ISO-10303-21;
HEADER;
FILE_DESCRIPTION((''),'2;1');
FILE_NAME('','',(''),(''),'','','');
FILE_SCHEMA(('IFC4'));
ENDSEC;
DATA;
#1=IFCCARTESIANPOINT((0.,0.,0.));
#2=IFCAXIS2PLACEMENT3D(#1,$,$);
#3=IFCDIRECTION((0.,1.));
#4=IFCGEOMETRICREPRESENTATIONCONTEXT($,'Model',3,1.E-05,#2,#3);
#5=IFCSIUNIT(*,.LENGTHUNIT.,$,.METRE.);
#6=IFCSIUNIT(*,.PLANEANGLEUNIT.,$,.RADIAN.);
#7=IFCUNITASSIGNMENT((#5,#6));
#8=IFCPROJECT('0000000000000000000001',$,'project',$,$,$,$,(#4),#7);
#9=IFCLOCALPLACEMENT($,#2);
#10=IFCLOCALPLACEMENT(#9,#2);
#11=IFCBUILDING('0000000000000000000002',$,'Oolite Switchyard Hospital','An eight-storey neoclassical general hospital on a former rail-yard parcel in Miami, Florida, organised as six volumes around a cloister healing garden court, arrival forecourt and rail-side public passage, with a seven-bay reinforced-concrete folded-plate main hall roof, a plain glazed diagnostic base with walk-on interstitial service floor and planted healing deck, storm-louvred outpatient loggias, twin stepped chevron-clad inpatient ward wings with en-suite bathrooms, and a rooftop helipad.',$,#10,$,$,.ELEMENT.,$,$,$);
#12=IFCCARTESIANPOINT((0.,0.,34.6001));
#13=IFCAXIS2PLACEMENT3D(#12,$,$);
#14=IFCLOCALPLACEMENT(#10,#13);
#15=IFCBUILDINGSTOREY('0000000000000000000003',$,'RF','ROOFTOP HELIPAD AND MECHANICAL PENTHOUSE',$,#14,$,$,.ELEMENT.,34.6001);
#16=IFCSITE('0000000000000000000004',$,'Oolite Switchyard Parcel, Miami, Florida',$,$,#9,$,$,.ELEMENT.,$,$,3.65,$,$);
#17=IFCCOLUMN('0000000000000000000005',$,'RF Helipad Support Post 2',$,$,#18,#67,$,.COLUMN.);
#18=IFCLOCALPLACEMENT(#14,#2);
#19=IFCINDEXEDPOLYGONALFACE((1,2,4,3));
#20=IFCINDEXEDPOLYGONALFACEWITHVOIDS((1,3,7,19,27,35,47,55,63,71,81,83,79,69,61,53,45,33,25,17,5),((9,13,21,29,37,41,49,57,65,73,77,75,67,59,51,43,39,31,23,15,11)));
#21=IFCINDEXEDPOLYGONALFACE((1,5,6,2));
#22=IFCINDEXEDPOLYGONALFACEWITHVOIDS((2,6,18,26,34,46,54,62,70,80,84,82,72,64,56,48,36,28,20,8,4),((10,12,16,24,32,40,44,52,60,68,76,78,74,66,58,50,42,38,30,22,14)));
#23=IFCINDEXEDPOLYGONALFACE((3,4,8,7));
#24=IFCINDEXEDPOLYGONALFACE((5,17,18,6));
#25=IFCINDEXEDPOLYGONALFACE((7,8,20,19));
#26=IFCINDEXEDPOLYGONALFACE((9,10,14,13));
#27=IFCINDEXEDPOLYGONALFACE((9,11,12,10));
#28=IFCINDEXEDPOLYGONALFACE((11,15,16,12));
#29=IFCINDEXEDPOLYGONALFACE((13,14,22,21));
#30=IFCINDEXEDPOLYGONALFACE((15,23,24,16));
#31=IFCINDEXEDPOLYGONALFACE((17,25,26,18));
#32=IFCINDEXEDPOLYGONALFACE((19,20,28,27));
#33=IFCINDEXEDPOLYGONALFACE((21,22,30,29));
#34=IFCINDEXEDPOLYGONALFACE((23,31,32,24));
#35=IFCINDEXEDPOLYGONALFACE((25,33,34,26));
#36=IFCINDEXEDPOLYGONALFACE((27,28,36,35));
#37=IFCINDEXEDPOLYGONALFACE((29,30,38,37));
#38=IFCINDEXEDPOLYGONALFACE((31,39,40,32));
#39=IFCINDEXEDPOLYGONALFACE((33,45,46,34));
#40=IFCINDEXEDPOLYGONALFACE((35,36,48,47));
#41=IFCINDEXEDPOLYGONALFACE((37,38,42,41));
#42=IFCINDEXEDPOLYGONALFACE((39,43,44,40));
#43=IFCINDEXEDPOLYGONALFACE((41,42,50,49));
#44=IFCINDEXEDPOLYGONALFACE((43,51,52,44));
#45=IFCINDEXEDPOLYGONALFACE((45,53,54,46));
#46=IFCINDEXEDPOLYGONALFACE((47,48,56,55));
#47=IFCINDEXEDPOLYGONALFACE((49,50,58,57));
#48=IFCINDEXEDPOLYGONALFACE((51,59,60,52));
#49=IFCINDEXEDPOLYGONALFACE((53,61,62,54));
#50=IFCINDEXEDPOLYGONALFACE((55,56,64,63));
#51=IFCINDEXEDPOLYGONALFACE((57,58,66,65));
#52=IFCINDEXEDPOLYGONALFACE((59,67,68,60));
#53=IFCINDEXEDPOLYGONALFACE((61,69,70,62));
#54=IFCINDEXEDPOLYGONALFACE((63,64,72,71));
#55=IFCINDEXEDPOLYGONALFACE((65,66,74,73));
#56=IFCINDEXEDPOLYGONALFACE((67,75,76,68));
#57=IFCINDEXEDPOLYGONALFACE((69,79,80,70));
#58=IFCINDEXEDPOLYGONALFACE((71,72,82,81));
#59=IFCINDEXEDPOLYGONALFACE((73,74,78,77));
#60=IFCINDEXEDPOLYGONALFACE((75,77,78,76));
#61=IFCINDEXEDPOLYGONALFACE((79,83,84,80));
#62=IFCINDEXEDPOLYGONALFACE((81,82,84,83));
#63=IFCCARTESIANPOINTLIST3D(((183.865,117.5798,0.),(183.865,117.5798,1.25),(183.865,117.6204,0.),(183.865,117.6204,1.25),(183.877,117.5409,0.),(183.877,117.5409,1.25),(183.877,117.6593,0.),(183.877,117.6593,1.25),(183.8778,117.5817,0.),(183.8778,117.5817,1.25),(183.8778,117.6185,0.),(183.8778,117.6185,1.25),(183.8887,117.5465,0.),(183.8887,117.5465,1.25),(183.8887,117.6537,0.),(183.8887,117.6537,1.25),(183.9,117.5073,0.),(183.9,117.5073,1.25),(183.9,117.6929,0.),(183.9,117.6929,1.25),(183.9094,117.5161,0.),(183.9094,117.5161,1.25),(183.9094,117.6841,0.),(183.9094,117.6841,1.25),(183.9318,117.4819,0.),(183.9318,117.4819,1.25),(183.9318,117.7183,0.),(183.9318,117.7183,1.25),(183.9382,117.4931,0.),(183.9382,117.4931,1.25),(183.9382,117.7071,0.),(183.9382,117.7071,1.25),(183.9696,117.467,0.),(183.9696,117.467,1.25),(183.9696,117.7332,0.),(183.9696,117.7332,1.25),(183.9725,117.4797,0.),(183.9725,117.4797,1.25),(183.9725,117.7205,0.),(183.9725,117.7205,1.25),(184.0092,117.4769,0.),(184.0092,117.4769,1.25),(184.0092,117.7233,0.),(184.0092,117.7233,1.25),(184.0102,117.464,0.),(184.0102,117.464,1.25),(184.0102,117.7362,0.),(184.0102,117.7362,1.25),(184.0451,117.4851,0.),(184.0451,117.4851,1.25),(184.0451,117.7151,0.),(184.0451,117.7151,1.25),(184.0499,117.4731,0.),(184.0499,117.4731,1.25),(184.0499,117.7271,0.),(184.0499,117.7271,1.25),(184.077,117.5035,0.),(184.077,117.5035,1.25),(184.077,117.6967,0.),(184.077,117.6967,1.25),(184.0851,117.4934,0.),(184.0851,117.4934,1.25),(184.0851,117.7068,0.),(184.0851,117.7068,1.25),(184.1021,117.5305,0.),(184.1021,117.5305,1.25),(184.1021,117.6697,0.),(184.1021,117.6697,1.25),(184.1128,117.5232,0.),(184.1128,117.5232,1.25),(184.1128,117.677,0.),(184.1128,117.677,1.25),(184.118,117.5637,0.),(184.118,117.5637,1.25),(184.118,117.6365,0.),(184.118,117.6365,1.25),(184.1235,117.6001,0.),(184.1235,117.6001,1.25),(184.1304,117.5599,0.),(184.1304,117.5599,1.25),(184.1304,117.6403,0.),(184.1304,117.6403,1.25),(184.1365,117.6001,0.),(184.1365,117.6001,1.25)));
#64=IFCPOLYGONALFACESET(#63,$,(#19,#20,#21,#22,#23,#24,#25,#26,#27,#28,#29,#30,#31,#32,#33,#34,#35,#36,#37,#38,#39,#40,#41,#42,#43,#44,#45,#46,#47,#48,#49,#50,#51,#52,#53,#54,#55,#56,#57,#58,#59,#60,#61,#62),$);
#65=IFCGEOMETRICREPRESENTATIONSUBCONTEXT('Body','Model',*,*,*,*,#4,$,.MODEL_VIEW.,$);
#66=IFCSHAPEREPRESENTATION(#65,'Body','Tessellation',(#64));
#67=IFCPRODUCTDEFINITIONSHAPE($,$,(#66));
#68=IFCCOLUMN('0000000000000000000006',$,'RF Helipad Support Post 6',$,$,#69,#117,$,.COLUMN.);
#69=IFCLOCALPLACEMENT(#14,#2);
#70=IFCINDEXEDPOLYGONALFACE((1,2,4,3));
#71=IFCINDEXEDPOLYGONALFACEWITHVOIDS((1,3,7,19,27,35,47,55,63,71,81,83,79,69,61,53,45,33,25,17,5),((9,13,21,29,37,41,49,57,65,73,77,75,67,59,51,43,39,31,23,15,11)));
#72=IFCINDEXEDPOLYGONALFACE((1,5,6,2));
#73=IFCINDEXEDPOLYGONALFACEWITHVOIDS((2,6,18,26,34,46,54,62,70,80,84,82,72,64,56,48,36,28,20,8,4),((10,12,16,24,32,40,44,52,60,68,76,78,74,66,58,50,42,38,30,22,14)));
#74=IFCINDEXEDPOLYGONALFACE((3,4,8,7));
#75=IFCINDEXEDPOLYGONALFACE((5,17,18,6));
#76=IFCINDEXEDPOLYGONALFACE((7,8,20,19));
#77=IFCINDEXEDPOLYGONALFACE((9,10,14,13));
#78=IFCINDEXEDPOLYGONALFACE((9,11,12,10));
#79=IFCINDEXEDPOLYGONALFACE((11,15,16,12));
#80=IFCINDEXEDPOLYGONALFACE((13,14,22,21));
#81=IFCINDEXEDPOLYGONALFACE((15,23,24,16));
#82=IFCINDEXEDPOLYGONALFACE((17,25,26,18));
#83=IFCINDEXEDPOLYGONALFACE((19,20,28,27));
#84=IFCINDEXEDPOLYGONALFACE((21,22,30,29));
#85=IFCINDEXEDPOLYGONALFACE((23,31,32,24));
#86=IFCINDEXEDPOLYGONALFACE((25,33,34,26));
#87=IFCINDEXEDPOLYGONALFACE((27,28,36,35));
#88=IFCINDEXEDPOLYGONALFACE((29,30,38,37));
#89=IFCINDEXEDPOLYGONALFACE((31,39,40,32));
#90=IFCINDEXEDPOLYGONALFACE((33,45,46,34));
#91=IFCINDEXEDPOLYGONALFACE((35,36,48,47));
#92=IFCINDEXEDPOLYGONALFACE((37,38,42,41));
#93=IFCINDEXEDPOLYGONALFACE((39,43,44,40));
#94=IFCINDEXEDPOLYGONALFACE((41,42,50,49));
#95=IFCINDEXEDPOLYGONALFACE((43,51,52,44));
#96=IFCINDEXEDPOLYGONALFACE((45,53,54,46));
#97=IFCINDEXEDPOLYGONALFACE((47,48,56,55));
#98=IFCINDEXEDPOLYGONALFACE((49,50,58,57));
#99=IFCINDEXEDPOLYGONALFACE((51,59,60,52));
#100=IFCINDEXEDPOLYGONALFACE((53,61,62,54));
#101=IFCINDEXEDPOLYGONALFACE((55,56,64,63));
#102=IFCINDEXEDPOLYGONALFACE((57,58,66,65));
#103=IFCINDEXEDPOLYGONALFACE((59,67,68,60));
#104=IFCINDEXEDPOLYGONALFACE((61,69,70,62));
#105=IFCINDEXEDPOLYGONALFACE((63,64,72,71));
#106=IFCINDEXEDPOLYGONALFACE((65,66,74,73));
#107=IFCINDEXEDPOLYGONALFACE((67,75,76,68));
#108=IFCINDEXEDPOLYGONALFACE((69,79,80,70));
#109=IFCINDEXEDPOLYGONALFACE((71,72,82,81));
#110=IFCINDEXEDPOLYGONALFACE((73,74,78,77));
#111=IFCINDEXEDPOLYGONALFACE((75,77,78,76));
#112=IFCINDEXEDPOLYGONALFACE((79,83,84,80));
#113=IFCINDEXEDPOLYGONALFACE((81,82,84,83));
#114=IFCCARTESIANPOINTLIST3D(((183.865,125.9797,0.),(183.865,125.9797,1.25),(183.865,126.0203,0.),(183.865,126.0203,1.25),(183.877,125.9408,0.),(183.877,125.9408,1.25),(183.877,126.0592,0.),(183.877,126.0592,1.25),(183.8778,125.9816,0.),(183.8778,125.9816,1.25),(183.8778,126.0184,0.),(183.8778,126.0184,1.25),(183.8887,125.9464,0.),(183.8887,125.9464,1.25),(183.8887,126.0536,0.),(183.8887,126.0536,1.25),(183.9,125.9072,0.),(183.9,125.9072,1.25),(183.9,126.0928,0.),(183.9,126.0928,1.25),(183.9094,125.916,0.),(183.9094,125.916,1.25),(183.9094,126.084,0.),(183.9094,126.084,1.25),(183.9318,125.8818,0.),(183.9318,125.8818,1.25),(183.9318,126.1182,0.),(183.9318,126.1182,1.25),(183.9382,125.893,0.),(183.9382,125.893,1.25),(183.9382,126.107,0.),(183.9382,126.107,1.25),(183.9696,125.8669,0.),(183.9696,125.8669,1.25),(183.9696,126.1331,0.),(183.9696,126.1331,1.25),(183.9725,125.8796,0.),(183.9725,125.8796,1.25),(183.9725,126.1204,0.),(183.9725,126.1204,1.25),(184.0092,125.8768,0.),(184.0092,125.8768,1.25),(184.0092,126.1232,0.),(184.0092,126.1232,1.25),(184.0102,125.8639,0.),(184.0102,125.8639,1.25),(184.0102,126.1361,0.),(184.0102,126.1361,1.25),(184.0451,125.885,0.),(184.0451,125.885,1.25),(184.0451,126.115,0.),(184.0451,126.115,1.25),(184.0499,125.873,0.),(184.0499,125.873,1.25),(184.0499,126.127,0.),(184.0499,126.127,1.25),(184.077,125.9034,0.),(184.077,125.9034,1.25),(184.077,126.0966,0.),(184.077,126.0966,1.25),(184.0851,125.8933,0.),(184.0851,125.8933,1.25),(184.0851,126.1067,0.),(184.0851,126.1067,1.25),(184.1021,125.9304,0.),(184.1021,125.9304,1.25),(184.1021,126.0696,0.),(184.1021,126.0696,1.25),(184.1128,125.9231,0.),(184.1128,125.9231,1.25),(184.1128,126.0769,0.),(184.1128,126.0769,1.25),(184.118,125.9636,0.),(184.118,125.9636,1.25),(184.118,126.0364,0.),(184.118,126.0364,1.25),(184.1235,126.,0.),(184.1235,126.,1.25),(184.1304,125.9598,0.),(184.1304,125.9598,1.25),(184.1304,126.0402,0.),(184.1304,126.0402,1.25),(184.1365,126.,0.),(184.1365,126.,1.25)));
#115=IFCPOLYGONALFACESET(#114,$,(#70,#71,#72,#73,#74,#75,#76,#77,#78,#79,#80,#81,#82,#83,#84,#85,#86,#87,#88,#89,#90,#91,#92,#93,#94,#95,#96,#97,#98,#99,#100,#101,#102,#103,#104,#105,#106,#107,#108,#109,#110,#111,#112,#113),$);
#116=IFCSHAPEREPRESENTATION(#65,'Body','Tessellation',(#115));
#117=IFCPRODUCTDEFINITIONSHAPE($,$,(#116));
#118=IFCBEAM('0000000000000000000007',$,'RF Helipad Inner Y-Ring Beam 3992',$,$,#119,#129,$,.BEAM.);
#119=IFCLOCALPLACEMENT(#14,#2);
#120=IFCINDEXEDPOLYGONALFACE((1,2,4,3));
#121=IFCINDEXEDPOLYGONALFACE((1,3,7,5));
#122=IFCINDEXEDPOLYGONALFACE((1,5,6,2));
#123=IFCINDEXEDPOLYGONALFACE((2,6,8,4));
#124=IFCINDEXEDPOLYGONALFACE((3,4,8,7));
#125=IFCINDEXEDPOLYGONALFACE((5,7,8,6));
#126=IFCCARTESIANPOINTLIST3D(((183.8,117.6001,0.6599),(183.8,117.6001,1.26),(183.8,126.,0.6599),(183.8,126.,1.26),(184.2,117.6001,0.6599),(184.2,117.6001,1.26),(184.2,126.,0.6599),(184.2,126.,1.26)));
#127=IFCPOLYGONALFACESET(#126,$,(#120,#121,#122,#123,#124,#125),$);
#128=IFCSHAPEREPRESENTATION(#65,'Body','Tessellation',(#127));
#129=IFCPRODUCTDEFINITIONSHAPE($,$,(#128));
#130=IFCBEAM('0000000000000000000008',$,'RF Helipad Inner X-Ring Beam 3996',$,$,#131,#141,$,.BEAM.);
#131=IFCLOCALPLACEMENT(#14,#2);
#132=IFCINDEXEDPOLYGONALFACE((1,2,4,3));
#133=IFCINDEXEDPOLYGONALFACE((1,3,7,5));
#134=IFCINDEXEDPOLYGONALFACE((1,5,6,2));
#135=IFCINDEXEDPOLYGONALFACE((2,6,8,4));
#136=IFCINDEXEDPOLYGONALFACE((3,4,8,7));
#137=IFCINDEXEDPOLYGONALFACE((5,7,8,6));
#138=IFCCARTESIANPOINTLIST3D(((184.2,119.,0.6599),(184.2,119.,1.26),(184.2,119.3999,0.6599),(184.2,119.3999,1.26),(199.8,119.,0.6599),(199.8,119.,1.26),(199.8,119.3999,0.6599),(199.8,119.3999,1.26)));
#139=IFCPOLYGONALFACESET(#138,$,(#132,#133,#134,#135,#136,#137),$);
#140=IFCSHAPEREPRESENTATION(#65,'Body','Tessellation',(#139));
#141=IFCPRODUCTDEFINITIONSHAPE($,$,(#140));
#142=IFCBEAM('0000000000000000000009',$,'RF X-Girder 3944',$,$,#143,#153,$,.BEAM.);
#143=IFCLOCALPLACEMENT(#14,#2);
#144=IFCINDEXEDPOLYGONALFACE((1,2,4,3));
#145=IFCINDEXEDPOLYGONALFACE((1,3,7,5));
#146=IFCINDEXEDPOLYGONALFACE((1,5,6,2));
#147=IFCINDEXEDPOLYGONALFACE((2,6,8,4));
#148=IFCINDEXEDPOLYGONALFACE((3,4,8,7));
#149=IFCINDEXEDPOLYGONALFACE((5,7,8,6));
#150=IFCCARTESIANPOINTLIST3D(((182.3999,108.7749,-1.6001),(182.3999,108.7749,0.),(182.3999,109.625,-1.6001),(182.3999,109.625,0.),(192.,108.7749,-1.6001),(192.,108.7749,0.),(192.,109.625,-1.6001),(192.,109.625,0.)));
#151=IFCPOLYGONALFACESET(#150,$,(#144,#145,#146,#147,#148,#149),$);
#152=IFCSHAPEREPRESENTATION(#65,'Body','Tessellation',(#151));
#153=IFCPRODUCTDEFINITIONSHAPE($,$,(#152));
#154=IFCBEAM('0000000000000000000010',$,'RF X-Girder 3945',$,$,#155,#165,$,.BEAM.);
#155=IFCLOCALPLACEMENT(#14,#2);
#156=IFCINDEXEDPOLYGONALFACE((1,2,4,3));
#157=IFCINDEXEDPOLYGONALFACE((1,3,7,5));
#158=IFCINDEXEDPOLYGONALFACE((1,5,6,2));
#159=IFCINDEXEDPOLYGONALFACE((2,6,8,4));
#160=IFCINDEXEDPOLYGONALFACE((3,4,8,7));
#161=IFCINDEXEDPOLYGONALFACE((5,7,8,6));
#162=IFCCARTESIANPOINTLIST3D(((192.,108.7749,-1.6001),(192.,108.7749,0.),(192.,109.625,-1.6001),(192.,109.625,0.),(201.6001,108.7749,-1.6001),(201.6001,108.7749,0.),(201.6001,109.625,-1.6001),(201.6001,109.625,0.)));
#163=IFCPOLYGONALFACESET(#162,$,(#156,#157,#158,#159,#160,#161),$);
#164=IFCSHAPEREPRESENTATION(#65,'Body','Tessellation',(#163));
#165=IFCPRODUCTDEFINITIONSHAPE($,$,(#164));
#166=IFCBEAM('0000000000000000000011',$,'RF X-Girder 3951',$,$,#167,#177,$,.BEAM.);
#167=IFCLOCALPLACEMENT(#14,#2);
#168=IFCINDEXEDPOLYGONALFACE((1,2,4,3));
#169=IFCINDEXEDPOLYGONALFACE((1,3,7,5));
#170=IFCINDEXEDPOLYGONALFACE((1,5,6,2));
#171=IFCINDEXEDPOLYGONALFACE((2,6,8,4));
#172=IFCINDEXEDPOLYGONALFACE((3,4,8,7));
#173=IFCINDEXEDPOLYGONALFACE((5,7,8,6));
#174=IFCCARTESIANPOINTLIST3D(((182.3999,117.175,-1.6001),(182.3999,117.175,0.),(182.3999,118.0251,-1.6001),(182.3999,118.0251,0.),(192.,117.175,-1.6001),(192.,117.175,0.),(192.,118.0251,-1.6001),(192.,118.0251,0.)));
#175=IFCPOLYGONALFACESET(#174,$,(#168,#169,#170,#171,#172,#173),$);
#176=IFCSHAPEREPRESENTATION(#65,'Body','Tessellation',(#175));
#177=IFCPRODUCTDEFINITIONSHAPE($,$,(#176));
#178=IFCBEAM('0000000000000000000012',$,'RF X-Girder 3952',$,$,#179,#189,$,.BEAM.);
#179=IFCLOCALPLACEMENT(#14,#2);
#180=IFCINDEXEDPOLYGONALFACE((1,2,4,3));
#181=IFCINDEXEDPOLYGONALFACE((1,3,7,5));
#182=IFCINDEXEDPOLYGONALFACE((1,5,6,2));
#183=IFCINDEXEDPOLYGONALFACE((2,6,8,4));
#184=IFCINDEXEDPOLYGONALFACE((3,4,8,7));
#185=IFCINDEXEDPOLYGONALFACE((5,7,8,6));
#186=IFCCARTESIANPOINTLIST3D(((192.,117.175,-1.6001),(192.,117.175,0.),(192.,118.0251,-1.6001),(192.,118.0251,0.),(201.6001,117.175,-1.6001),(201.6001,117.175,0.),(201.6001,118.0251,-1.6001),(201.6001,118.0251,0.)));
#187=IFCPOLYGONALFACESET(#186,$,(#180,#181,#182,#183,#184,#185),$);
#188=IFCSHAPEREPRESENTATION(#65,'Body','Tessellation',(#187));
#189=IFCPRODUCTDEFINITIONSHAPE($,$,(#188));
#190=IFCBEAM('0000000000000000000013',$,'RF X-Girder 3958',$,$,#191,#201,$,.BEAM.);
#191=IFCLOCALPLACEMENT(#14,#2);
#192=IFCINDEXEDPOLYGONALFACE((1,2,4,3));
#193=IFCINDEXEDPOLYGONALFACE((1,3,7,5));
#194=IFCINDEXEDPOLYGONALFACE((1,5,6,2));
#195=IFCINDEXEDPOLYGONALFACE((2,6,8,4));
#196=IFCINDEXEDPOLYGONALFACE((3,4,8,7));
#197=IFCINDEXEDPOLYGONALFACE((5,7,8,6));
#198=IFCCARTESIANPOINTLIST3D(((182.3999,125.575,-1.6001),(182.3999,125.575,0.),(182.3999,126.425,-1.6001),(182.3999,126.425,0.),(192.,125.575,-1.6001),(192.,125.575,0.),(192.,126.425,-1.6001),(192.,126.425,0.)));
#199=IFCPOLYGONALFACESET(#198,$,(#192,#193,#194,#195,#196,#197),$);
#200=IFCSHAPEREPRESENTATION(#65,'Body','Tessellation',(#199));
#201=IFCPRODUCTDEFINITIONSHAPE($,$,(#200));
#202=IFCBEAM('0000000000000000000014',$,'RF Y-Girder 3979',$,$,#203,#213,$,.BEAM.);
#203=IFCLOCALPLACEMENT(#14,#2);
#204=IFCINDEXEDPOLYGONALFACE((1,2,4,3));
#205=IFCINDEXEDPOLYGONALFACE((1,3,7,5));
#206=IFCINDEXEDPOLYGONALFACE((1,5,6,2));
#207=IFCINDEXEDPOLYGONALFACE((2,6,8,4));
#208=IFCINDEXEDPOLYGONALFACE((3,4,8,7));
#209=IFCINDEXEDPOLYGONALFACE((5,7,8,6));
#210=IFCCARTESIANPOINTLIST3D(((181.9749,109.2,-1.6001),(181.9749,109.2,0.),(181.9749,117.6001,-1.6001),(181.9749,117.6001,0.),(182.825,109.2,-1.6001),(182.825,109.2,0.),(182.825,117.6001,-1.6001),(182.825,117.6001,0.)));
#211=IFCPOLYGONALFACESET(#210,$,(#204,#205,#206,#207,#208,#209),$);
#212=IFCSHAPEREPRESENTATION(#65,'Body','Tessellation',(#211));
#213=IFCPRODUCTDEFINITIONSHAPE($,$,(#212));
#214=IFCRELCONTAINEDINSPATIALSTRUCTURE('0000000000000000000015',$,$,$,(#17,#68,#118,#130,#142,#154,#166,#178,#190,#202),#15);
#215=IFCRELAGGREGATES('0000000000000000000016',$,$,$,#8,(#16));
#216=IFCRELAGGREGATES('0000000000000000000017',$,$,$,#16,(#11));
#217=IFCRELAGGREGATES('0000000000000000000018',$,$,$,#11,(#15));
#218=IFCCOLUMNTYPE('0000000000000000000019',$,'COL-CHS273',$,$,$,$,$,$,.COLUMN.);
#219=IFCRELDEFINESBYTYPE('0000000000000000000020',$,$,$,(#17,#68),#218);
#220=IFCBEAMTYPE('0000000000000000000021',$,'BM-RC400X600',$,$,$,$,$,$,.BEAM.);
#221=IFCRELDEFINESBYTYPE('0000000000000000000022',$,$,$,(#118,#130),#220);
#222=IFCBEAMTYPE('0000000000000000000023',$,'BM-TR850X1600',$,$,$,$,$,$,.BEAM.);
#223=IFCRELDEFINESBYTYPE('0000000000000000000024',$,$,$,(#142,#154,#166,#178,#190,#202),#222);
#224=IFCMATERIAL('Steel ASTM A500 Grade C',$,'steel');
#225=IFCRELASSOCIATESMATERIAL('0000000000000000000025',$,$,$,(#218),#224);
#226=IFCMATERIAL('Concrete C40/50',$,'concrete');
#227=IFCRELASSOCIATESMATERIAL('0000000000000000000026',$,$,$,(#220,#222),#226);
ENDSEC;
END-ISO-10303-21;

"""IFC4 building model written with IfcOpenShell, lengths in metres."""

from ifc_helpers import new_model, si_unit, direction, frame, origin, origin_2d, place, context, subcontext, project, spatial, rectangle, hollow_circle, extrude, material, material_profile, profile_set, type_object, element, save


model = new_model("IFC4")

# Units and contexts
model_context = context("Model", 3, precision=1e-05, world=origin(), true_north=direction((0.0, 1.0)))
body_context = subcontext(model_context, "Body", "Model", "MODEL_VIEW")
ifc_project = project(units=[si_unit("LENGTHUNIT", "METRE"), si_unit("PLANEANGLEUNIT", "RADIAN")], contexts=[model_context])

# Site, building, storey
site_placement = place(None, origin())
site = spatial("IfcSite", under=ifc_project, at=site_placement, Name="Oolite Switchyard Parcel, Miami, Florida", CompositionType="ELEMENT", RefElevation=3.65)
building_placement = place(site_placement, origin())
building = spatial("IfcBuilding", under=site, at=building_placement, Name="Oolite Switchyard Hospital", Description="An eight-storey neoclassical general hospital on a former rail-yard parcel in Miami, Florida, organised as six volumes around a cloister healing garden court, arrival forecourt and rail-side public passage, with a seven-bay reinforced-concrete folded-plate main hall roof, a plain glazed diagnostic base with walk-on interstitial service floor and planted healing deck, storm-louvred outpatient loggias, twin stepped chevron-clad inpatient ward wings with en-suite bathrooms, and a rooftop helipad.", CompositionType="ELEMENT")
storey_placement = place(building_placement, frame((0.0, 0.0, 34.6001)))
storey = spatial("IfcBuildingStorey", under=building, at=storey_placement, Name="RF", Description="ROOFTOP HELIPAD AND MECHANICAL PENTHOUSE", CompositionType="ELEMENT", Elevation=34.6001)

# Columns
ifc_material_1 = material(Name="Steel ASTM A500 Grade C", Category="steel")
ifc_material_profile_1 = material_profile(ifc_material_1, hollow_circle(Radius=0.1365, WallThickness=0.0129, at=origin_2d()), Name="HSS273X13")
ifc_profile_set_1 = profile_set([ifc_material_profile_1], Name="Steel ASTM A500 Grade C")
column_type = type_object("IfcColumnType", Name="COL-CHS273", PredefinedType="COLUMN", material=ifc_profile_set_1)
for number, where, z_axis, x_axis, name in (
    (1, (184.0, 117.6001, 0.0), (0.0, 0.0, 1.0), (1.0, 0.0, 0.0), "RF Helipad Support Post 2"),
    (2, (184.0, 126.0, 0.0), (0.0, 0.0, 1.0), (1.0, 0.0, 0.0), "RF Helipad Support Post 6"),
):
    element("IfcColumn", number, at=place(storey_placement, frame(where, z_axis=z_axis, x_axis=x_axis)), inside=storey, type_object=column_type, Name=name, PredefinedType="COLUMN", context=body_context, shape_type="SweptSolid", body=[
        extrude(hollow_circle(Radius=0.1365, WallThickness=0.0129, at=origin_2d()), origin(), (0.0, 0.0, 1.0), 1.25),
    ])

# Beams
ifc_material_2 = material(Name="Concrete C40/50", Category="concrete")
ifc_material_profile_2 = material_profile(ifc_material_2, rectangle(XDim=0.3999, YDim=0.6001, at=origin_2d()), Name="RCB400X600")
ifc_profile_set_2 = profile_set([ifc_material_profile_2], Name="Concrete C40/50")
beam_type_1 = type_object("IfcBeamType", Name="BM-RC400X600", PredefinedType="BEAM", material=ifc_profile_set_2)
beam_1_placement = place(storey_placement, frame((184.0, 117.6001, 0.96), z_axis=(0.0, 1.0, 0.0), x_axis=(-1.0, 0.0, 0.0)))
element("IfcBeam", 3, at=beam_1_placement, inside=storey, type_object=beam_type_1, Name="RF Helipad Inner Y-Ring Beam 3992", PredefinedType="BEAM", context=body_context, shape_type="SweptSolid", body=[
    extrude(rectangle(XDim=0.3999, YDim=0.6001, at=origin_2d()), origin(), (0.0, 0.0, 1.0), 8.3999),
])
beam_2_placement = place(storey_placement, frame((184.2, 119.2, 0.96), z_axis=(1.0, 0.0, 0.0), x_axis=(0.0, 1.0, 0.0)))
element("IfcBeam", 4, at=beam_2_placement, inside=storey, type_object=beam_type_1, Name="RF Helipad Inner X-Ring Beam 3996", PredefinedType="BEAM", context=body_context, shape_type="SweptSolid", body=[
    extrude(rectangle(XDim=0.3999, YDim=0.6001, at=origin_2d()), origin(), (0.0, 0.0, 1.0), 15.6001),
])
ifc_material_profile_3 = material_profile(ifc_material_2, rectangle(XDim=0.8501, YDim=1.6001, at=origin_2d()), Name="RCT850X1600")
ifc_profile_set_3 = profile_set([ifc_material_profile_3], Name="Concrete C40/50")
beam_type_2 = type_object("IfcBeamType", Name="BM-TR850X1600", PredefinedType="BEAM", material=ifc_profile_set_3)
for number, where, z_axis, x_axis, name in (
    (5, (182.3999, 109.2, -0.8), (1.0, 0.0, 0.0), (0.0, 1.0, 0.0), "RF X-Girder 3944"),
    (6, (192.0, 109.2, -0.8), (1.0, 0.0, 0.0), (0.0, 1.0, 0.0), "RF X-Girder 3945"),
    (7, (182.3999, 117.6001, -0.8), (1.0, 0.0, 0.0), (0.0, 1.0, 0.0), "RF X-Girder 3951"),
    (8, (192.0, 117.6001, -0.8), (1.0, 0.0, 0.0), (0.0, 1.0, 0.0), "RF X-Girder 3952"),
    (9, (182.3999, 126.0, -0.8), (1.0, 0.0, 0.0), (0.0, 1.0, 0.0), "RF X-Girder 3958"),
):
    element("IfcBeam", number, at=place(storey_placement, frame(where, z_axis=z_axis, x_axis=x_axis)), inside=storey, type_object=beam_type_2, Name=name, PredefinedType="BEAM", context=body_context, shape_type="SweptSolid", body=[
        extrude(rectangle(XDim=0.8501, YDim=1.6001, at=origin_2d()), origin(), (0.0, 0.0, 1.0), 9.6001),
    ])
beam_3_placement = place(storey_placement, frame((182.3999, 109.2, -0.8), z_axis=(0.0, 1.0, 0.0), x_axis=(-1.0, 0.0, 0.0)))
element("IfcBeam", 10, at=beam_3_placement, inside=storey, type_object=beam_type_2, Name="RF Y-Girder 3979", PredefinedType="BEAM", context=body_context, shape_type="SweptSolid", body=[
    extrude(rectangle(XDim=0.8501, YDim=1.6001, at=origin_2d()), origin(), (0.0, 0.0, 1.0), 8.4001),
])

save(model, "model.ifc")
